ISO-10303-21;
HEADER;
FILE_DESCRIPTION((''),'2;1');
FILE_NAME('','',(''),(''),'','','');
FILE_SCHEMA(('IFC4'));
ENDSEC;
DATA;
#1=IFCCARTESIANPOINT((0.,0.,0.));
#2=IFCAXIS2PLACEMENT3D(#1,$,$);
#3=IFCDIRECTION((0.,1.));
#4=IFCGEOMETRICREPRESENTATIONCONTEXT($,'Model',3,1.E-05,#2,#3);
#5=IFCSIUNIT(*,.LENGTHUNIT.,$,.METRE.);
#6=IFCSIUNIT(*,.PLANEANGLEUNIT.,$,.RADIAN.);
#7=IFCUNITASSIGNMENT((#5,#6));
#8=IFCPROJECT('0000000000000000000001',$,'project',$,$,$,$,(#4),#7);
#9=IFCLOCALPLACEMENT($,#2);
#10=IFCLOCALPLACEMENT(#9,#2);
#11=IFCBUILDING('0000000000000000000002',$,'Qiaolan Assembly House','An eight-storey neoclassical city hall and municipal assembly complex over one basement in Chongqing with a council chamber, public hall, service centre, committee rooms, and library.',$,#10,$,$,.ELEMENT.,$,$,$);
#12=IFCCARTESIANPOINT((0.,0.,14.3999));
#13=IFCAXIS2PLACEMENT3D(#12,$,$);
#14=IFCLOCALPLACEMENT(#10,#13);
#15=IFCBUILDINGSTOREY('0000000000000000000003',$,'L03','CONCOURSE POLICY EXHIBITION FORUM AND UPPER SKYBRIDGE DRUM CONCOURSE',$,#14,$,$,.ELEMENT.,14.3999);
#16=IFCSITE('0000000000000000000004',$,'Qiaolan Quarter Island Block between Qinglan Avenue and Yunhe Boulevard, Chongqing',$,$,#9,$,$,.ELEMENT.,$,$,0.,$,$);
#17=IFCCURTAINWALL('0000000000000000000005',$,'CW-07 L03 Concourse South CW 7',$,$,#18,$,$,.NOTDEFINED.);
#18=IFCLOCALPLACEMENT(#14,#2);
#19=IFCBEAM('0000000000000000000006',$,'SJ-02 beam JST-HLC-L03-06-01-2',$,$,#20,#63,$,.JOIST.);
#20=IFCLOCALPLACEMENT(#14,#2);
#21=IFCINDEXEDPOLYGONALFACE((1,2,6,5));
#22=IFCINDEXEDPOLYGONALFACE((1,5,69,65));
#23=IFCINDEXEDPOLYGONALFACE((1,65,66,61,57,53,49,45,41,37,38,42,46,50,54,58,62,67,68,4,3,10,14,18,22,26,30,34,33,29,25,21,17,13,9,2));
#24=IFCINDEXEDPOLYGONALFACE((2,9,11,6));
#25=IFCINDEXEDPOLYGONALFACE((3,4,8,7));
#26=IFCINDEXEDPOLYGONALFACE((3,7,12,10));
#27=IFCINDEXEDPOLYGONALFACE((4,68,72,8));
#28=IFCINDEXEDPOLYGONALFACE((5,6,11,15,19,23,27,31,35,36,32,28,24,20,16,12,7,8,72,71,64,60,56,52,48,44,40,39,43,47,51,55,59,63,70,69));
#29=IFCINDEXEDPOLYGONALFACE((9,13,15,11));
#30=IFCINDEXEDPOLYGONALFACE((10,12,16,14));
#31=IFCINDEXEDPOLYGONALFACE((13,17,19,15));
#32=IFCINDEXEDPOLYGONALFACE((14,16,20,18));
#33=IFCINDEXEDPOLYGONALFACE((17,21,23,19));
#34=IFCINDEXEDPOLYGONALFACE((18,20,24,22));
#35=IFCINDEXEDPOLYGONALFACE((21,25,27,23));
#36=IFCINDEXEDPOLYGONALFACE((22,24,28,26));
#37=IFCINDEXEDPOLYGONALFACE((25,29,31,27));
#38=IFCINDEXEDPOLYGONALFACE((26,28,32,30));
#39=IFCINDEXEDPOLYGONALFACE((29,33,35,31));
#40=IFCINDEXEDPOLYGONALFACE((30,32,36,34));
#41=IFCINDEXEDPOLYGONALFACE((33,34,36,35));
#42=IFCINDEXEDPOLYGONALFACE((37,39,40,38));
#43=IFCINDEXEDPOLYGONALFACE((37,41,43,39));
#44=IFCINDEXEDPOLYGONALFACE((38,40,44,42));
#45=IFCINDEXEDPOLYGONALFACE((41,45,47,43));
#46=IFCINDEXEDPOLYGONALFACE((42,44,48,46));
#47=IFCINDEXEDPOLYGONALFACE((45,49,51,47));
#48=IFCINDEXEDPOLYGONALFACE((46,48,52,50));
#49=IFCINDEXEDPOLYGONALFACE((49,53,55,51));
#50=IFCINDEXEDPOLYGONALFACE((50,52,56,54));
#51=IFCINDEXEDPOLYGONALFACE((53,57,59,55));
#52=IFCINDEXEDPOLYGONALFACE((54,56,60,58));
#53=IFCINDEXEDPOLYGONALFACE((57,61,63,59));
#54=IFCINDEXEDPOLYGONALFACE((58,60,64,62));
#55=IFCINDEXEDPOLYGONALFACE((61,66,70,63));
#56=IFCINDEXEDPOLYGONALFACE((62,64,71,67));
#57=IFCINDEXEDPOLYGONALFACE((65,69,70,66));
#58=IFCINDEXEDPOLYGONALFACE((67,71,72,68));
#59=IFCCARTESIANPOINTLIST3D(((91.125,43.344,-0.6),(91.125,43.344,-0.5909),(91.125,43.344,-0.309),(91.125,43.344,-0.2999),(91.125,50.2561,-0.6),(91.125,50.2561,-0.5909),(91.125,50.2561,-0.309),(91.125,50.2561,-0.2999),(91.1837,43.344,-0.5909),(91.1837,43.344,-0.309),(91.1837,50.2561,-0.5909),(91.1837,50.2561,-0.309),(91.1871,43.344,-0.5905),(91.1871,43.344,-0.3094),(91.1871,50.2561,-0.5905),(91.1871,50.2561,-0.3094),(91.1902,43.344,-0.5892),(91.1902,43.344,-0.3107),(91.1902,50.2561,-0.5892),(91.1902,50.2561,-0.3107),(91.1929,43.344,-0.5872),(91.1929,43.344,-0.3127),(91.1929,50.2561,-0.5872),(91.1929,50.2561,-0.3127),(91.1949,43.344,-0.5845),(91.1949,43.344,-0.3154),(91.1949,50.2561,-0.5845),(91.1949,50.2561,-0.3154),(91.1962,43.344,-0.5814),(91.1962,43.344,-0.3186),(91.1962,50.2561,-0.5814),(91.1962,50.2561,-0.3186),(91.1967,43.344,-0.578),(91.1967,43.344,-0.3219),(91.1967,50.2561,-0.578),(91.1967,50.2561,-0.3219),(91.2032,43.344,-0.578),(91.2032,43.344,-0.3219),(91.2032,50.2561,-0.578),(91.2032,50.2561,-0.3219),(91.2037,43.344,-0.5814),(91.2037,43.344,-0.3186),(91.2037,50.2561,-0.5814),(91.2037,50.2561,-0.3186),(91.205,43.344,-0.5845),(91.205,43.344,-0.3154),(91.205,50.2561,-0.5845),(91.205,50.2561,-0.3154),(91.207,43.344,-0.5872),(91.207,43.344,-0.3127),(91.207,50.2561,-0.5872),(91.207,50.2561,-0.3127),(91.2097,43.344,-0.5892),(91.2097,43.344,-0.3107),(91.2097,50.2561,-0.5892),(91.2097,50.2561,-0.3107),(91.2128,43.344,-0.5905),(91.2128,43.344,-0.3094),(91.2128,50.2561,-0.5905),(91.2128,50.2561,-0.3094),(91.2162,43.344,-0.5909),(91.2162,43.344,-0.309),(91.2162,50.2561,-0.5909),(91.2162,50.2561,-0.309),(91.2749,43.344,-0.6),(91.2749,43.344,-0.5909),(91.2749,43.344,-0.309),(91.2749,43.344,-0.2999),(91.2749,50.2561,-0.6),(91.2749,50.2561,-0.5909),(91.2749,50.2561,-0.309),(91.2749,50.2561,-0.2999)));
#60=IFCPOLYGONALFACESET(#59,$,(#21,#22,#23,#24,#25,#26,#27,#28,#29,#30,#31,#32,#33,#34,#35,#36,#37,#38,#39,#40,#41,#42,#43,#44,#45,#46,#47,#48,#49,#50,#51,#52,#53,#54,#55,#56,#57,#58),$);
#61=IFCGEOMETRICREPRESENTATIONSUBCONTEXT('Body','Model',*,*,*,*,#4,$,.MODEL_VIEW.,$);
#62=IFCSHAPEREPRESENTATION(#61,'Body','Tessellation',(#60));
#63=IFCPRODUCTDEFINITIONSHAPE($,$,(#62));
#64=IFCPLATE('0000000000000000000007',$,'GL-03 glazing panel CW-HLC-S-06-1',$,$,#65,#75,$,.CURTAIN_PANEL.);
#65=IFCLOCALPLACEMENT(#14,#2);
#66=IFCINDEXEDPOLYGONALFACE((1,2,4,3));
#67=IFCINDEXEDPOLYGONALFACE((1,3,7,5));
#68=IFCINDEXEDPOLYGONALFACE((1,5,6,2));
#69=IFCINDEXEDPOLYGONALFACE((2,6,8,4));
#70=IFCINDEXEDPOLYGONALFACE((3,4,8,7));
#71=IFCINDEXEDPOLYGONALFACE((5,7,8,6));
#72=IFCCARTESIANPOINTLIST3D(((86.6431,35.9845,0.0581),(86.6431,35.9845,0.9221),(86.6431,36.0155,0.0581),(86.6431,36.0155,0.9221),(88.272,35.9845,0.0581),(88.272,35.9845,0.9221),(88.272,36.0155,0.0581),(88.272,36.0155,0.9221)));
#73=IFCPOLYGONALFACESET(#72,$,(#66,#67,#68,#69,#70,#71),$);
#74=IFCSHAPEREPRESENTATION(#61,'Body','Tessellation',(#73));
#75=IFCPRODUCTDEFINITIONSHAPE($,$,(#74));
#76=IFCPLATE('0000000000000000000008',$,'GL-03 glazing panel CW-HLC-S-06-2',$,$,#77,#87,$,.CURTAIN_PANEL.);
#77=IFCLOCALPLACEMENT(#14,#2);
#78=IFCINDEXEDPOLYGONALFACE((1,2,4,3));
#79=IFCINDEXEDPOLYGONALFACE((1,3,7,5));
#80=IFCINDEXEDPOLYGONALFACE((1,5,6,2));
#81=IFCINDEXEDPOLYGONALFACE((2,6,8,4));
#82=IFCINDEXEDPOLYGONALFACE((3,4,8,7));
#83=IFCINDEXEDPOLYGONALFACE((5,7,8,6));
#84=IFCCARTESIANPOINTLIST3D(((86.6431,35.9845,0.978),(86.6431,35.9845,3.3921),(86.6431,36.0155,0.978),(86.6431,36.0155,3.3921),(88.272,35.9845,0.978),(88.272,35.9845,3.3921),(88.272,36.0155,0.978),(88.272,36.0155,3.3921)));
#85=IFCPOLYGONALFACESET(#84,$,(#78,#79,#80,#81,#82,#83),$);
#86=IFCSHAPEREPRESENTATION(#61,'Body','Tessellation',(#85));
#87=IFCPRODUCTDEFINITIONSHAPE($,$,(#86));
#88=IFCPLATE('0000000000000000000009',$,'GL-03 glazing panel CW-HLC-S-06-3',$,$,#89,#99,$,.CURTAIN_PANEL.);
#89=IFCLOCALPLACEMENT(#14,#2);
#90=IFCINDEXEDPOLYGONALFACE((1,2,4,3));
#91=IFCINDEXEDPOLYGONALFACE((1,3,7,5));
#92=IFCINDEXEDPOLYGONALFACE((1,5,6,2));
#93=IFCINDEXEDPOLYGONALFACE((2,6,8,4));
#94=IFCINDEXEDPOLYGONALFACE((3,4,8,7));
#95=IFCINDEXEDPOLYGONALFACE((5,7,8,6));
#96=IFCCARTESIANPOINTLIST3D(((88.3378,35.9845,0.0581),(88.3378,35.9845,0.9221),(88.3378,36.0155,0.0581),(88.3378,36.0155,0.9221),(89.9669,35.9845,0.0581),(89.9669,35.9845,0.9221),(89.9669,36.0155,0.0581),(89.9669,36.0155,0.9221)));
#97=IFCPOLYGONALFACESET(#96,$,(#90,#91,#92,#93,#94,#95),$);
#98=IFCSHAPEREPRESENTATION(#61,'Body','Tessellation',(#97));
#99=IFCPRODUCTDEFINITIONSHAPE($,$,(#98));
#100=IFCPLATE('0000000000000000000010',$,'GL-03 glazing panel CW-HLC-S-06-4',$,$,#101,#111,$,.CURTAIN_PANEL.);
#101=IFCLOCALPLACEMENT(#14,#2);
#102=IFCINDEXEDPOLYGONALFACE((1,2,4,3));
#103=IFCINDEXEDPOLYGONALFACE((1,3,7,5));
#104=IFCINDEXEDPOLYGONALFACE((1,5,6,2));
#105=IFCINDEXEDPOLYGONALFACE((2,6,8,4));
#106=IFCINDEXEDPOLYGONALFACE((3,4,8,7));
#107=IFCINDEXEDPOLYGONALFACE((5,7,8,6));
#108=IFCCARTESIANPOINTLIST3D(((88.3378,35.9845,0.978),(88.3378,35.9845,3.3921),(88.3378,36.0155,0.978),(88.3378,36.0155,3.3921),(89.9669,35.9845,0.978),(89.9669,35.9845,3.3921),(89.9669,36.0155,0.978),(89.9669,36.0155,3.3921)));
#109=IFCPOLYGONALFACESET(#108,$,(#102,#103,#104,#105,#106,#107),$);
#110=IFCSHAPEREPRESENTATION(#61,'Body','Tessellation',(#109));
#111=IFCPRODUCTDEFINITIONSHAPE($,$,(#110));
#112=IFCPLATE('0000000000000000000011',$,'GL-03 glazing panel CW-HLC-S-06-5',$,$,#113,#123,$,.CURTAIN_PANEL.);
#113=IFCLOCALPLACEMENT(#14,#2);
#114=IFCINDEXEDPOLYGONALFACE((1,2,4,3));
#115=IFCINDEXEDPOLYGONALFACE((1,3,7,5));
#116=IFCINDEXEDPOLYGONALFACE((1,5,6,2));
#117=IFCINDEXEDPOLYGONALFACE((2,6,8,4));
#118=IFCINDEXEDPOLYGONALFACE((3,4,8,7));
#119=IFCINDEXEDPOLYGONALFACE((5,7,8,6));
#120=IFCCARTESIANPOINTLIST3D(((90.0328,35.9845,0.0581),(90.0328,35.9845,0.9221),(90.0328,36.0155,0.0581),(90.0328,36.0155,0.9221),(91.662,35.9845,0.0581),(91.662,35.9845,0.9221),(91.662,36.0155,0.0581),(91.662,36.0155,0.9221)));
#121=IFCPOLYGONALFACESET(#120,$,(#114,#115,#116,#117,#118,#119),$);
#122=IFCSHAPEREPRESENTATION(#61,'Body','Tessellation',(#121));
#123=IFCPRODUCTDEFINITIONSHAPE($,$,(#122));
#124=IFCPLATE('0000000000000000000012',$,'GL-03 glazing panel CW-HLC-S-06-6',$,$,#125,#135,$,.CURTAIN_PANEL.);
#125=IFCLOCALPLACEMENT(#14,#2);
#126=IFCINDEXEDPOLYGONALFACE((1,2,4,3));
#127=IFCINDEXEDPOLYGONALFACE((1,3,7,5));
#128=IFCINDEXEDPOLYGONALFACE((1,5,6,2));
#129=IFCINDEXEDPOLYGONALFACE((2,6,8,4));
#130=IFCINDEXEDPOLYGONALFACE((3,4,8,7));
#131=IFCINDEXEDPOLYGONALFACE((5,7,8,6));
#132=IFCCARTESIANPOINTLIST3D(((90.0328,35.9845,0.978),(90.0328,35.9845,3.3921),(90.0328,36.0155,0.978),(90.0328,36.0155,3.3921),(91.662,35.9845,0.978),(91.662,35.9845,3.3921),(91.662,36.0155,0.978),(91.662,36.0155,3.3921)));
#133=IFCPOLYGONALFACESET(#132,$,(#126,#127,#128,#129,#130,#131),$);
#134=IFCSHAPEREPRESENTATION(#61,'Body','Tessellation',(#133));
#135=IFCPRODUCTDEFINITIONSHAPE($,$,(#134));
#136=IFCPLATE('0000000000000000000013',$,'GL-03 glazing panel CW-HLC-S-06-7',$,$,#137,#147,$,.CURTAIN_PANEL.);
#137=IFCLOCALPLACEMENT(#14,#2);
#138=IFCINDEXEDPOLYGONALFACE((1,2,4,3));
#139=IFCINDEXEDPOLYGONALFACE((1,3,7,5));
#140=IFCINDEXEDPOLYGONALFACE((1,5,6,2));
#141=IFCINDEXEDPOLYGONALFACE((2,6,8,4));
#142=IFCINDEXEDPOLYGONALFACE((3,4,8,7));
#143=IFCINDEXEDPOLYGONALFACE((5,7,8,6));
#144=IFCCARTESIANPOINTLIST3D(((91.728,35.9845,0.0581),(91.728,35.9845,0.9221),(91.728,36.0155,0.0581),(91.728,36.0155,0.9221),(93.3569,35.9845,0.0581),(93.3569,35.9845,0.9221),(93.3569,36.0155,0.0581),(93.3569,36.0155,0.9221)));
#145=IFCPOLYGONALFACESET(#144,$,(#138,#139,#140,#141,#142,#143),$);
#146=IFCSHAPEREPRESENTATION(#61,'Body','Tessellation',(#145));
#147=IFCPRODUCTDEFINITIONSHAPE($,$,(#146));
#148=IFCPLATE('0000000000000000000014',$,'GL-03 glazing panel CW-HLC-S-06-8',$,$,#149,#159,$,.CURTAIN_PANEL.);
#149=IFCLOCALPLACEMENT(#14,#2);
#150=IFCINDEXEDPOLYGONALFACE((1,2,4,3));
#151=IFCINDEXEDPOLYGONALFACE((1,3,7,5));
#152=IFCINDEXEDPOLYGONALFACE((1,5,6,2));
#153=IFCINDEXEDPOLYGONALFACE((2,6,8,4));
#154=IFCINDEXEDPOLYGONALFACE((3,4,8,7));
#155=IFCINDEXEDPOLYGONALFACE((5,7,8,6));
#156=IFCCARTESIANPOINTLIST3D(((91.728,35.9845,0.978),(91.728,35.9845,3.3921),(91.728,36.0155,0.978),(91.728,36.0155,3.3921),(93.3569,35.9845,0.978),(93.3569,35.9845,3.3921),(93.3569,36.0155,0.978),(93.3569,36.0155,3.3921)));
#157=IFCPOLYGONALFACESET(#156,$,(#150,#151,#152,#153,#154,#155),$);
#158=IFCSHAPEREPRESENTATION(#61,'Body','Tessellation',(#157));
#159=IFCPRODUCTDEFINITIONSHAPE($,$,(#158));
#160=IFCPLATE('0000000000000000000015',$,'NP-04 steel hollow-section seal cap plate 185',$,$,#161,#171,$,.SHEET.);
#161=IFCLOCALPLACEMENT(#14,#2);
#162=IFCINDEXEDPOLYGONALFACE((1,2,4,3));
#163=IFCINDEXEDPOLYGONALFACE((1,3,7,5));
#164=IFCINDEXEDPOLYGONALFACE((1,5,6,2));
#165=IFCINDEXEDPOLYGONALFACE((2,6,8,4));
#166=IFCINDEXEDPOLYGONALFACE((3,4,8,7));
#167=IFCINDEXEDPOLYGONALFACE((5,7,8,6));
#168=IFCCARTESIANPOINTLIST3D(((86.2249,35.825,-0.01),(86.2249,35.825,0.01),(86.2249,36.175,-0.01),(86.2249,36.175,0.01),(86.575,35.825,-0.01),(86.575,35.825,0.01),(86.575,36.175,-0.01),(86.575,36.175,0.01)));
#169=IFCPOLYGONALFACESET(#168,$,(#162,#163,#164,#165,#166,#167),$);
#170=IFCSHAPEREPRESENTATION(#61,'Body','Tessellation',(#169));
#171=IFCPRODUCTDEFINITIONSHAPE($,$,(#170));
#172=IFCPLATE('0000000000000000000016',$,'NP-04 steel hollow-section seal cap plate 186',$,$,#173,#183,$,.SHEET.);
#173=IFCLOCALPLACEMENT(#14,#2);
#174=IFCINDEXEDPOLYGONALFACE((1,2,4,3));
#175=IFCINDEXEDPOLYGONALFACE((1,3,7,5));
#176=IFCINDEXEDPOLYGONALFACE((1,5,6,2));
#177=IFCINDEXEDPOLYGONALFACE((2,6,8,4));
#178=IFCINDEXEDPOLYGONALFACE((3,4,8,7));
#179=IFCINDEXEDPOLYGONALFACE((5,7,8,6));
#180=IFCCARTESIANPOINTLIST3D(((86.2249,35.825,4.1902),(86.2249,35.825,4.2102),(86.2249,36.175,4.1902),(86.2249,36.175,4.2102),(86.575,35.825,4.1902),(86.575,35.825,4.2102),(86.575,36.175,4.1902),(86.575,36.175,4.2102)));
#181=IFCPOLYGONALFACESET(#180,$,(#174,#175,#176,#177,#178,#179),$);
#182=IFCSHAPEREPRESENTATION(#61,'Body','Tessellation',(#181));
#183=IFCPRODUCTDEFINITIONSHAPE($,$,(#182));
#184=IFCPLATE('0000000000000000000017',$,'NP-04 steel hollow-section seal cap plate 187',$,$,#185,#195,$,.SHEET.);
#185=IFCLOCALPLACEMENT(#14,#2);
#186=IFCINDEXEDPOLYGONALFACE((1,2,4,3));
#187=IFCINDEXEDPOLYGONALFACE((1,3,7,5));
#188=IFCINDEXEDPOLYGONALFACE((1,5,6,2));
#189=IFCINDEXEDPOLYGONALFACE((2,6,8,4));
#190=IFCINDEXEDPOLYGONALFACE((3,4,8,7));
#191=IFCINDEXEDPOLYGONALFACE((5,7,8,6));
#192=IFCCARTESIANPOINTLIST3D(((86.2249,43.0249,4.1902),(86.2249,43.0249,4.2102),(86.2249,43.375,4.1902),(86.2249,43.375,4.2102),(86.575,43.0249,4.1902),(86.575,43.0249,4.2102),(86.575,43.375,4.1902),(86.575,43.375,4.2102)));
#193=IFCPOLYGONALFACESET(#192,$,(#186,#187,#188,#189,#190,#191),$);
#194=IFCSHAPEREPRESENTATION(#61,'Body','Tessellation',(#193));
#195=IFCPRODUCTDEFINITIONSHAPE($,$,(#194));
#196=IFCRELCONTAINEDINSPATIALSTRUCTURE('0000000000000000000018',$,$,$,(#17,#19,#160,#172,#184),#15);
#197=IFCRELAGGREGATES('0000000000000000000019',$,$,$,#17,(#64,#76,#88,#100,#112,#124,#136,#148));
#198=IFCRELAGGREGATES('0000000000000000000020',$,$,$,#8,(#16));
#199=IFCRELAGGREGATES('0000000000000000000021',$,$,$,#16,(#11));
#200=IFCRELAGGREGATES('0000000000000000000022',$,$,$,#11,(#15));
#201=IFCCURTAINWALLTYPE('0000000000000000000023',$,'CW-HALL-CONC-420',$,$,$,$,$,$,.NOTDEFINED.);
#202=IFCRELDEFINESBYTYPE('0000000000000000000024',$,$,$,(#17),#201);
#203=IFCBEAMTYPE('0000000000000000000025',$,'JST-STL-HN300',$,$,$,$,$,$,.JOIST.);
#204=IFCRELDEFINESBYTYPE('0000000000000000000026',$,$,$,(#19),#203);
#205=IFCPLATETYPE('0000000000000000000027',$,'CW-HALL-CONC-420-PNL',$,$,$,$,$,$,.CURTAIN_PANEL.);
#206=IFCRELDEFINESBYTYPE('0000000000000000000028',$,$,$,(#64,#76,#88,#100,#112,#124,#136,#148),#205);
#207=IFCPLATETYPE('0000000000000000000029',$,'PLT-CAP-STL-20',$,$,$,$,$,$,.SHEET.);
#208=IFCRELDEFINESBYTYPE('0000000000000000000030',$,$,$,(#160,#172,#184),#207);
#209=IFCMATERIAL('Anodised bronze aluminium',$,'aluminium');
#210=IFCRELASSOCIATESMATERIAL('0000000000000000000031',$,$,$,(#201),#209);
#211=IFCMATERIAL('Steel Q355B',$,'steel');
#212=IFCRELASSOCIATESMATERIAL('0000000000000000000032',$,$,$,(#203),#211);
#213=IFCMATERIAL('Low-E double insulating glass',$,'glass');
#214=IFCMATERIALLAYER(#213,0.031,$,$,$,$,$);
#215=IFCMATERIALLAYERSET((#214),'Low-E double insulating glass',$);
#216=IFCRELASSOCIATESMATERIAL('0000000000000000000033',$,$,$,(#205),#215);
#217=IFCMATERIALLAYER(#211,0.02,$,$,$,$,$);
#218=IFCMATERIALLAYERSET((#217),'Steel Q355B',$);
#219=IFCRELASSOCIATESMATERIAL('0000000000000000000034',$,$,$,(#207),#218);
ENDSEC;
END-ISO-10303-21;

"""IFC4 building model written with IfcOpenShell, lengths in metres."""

from ifc_helpers import new_model, si_unit, direction, frame, frame_2d, origin, origin_2d, place, context, subcontext, project, spatial, rectangle, i_section, extrude, material, layer, layer_set, material_profile, profile_set, type_object, element, aggregate, save


model = new_model("IFC4")

# Units and contexts
model_context = context("Model", 3, precision=1e-05, world=origin(), true_north=direction((0.0, 1.0)))
body_context = subcontext(model_context, "Body", "Model", "MODEL_VIEW")
ifc_project = project(units=[si_unit("LENGTHUNIT", "METRE"), si_unit("PLANEANGLEUNIT", "RADIAN")], contexts=[model_context])

# Site, building, storey
site_placement = place(None, origin())
site = spatial("IfcSite", under=ifc_project, at=site_placement, Name="Qiaolan Quarter Island Block between Qinglan Avenue and Yunhe Boulevard, Chongqing", CompositionType="ELEMENT", RefElevation=0.0)
building_placement = place(site_placement, origin())
building = spatial("IfcBuilding", under=site, at=building_placement, Name="Qiaolan Assembly House", Description="An eight-storey neoclassical city hall and municipal assembly complex over one basement in Chongqing with a council chamber, public hall, service centre, committee rooms, and library.", CompositionType="ELEMENT")
storey_placement = place(building_placement, frame((0.0, 0.0, 14.3999)))
storey = spatial("IfcBuildingStorey", under=building, at=storey_placement, Name="L03", Description="CONCOURSE POLICY EXHIBITION FORUM AND UPPER SKYBRIDGE DRUM CONCOURSE", CompositionType="ELEMENT", Elevation=14.3999)

# Shared definitions
ifc_material_1 = material(Name="Steel Q355B", Category="steel")

# Curtain wall
ifc_material_2 = material(Name="Anodised bronze aluminium", Category="aluminium")
curtain_wall_type = type_object("IfcCurtainWallType", Name="CW-HALL-CONC-420", PredefinedType="NOTDEFINED", material=ifc_material_2)
curtain_wall_placement = place(storey_placement, origin())
curtain_wall = element("IfcCurtainWall", 1, at=curtain_wall_placement, inside=storey, type_object=curtain_wall_type, Name="CW-07 L03 Concourse South CW 7", PredefinedType="NOTDEFINED")

# Beam
ifc_material_profile_1 = material_profile(ifc_material_1, i_section(OverallWidth=0.1499, OverallDepth=0.3, WebThickness=0.0066, FlangeThickness=0.009, FilletRadius=0.0129, at=origin_2d()), Name="HN 300x150x6.5x9")
ifc_profile_set_1 = profile_set([ifc_material_profile_1], Name="Steel Q355B")
beam_type_1 = type_object("IfcBeamType", Name="JST-STL-HN300", PredefinedType="JOIST", material=ifc_profile_set_1)
for number, where, z_axis, x_axis, name in (
    (2, (91.2, 43.344, -0.45), (0.0, 1.0, 0.0), (-1.0, 0.0, 0.0), "SJ-02 beam JST-HLC-L03-06-01-2"),
):
    element("IfcBeam", number, at=place(storey_placement, frame(where, z_axis=z_axis, x_axis=x_axis)), inside=storey, type_object=beam_type_1, Name=name, PredefinedType="JOIST", context=body_context, shape_type="SweptSolid", body=[
        extrude(i_section(OverallWidth=0.1499, OverallDepth=0.3, WebThickness=0.0066, FlangeThickness=0.009, FilletRadius=0.0129, at=origin_2d()), origin(), (0.0, 0.0, 1.0), 6.9121),
    ])

# Plates
ifc_material_3 = material(Name="Low-E double insulating glass", Category="glass")
ifc_layer_1 = layer(ifc_material_3, 0.031)
ifc_layer_set_1 = layer_set([ifc_layer_1], Name="Low-E double insulating glass")
plate_type_1 = type_object("IfcPlateType", Name="CW-HALL-CONC-420-PNL", PredefinedType="CURTAIN_PANEL", material=ifc_layer_set_1)
plate_1_placement = place(storey_placement, frame((86.6431, 36.0, 0.0581), z_axis=(0.0, 0.0, 1.0), x_axis=(1.0, 0.0, 0.0)))
plate_1 = element("IfcPlate", 3, at=plate_1_placement, type_object=plate_type_1, Name="GL-03 glazing panel CW-HLC-S-06-1", PredefinedType="CURTAIN_PANEL", context=body_context, shape_type="SweptSolid", body=[
    extrude(rectangle(XDim=1.6289, YDim=0.031, at=frame_2d((0.8145, 0.0))), origin(), (0.0, 0.0, 1.0), 0.864),
])
plate_2_placement = place(storey_placement, frame((86.6431, 36.0, 0.978), z_axis=(0.0, 0.0, 1.0), x_axis=(1.0, 0.0, 0.0)))
plate_2 = element("IfcPlate", 4, at=plate_2_placement, type_object=plate_type_1, Name="GL-03 glazing panel CW-HLC-S-06-2", PredefinedType="CURTAIN_PANEL", context=body_context, shape_type="SweptSolid", body=[
    extrude(rectangle(XDim=1.6289, YDim=0.031, at=frame_2d((0.8145, 0.0))), origin(), (0.0, 0.0, 1.0), 2.4141),
])
plate_3_placement = place(storey_placement, frame((88.3379, 36.0, 0.0581), z_axis=(0.0, 0.0, 1.0), x_axis=(1.0, 0.0, 0.0)))
plate_3 = element("IfcPlate", 5, at=plate_3_placement, type_object=plate_type_1, Name="GL-03 glazing panel CW-HLC-S-06-3", PredefinedType="CURTAIN_PANEL", context=body_context, shape_type="SweptSolid", body=[
    extrude(rectangle(XDim=1.6292, YDim=0.031, at=frame_2d((0.8145, 0.0))), origin(), (0.0, 0.0, 1.0), 0.864),
])
plate_4_placement = place(storey_placement, frame((88.3379, 36.0, 0.978), z_axis=(0.0, 0.0, 1.0), x_axis=(1.0, 0.0, 0.0)))
plate_4 = element("IfcPlate", 6, at=plate_4_placement, type_object=plate_type_1, Name="GL-03 glazing panel CW-HLC-S-06-4", PredefinedType="CURTAIN_PANEL", context=body_context, shape_type="SweptSolid", body=[
    extrude(rectangle(XDim=1.6292, YDim=0.031, at=frame_2d((0.8145, 0.0))), origin(), (0.0, 0.0, 1.0), 2.4141),
])
plate_5_placement = place(storey_placement, frame((90.033, 36.0, 0.0581), z_axis=(0.0, 0.0, 1.0), x_axis=(1.0, 0.0, 0.0)))
plate_5 = element("IfcPlate", 7, at=plate_5_placement, type_object=plate_type_1, Name="GL-03 glazing panel CW-HLC-S-06-5", PredefinedType="CURTAIN_PANEL", context=body_context, shape_type="SweptSolid", body=[
    extrude(rectangle(XDim=1.6292, YDim=0.031, at=frame_2d((0.8145, 0.0))), origin(), (0.0, 0.0, 1.0), 0.864),
])
plate_6_placement = place(storey_placement, frame((90.033, 36.0, 0.978), z_axis=(0.0, 0.0, 1.0), x_axis=(1.0, 0.0, 0.0)))
plate_6 = element("IfcPlate", 8, at=plate_6_placement, type_object=plate_type_1, Name="GL-03 glazing panel CW-HLC-S-06-6", PredefinedType="CURTAIN_PANEL", context=body_context, shape_type="SweptSolid", body=[
    extrude(rectangle(XDim=1.6292, YDim=0.031, at=frame_2d((0.8145, 0.0))), origin(), (0.0, 0.0, 1.0), 2.4141),
])
plate_7_placement = place(storey_placement, frame((91.728, 36.0, 0.0581), z_axis=(0.0, 0.0, 1.0), x_axis=(1.0, 0.0, 0.0)))
plate_7 = element("IfcPlate", 9, at=plate_7_placement, type_object=plate_type_1, Name="GL-03 glazing panel CW-HLC-S-06-7", PredefinedType="CURTAIN_PANEL", context=body_context, shape_type="SweptSolid", body=[
    extrude(rectangle(XDim=1.6289, YDim=0.031, at=frame_2d((0.8145, 0.0))), origin(), (0.0, 0.0, 1.0), 0.864),
])
plate_8_placement = place(storey_placement, frame((91.728, 36.0, 0.978), z_axis=(0.0, 0.0, 1.0), x_axis=(1.0, 0.0, 0.0)))
plate_8 = element("IfcPlate", 10, at=plate_8_placement, type_object=plate_type_1, Name="GL-03 glazing panel CW-HLC-S-06-8", PredefinedType="CURTAIN_PANEL", context=body_context, shape_type="SweptSolid", body=[
    extrude(rectangle(XDim=1.6289, YDim=0.031, at=frame_2d((0.8145, 0.0))), origin(), (0.0, 0.0, 1.0), 2.4141),
])
aggregate(curtain_wall, [plate_1, plate_2, plate_3, plate_4, plate_5, plate_6, plate_7, plate_8])

# Plates
ifc_layer_2 = layer(ifc_material_1, 0.02)
ifc_layer_set_2 = layer_set([ifc_layer_2], Name="Steel Q355B")
plate_type_2 = type_object("IfcPlateType", Name="PLT-CAP-STL-20", PredefinedType="SHEET", material=ifc_layer_set_2)
for number, where, z_axis, x_axis, name in (
    (11, (86.3999, 36.0, -0.01), (0.0, 0.0, 1.0), (1.0, 0.0, 0.0), "NP-04 steel hollow-section seal cap plate 185"),
    (12, (86.3999, 36.0, 4.1902), (0.0, 0.0, 1.0), (1.0, 0.0, 0.0), "NP-04 steel hollow-section seal cap plate 186"),
    (13, (86.3999, 43.2, 4.1902), (0.0, 0.0, 1.0), (1.0, 0.0, 0.0), "NP-04 steel hollow-section seal cap plate 187"),
):
    element("IfcPlate", number, at=place(storey_placement, frame(where, z_axis=z_axis, x_axis=x_axis)), inside=storey, type_object=plate_type_2, Name=name, PredefinedType="SHEET", context=body_context, shape_type="SweptSolid", body=[
        extrude(rectangle(XDim=0.3501, YDim=0.3501, at=origin_2d()), origin(), (0.0, 0.0, 1.0), 0.02),
    ])

save(model, "model.ifc")
